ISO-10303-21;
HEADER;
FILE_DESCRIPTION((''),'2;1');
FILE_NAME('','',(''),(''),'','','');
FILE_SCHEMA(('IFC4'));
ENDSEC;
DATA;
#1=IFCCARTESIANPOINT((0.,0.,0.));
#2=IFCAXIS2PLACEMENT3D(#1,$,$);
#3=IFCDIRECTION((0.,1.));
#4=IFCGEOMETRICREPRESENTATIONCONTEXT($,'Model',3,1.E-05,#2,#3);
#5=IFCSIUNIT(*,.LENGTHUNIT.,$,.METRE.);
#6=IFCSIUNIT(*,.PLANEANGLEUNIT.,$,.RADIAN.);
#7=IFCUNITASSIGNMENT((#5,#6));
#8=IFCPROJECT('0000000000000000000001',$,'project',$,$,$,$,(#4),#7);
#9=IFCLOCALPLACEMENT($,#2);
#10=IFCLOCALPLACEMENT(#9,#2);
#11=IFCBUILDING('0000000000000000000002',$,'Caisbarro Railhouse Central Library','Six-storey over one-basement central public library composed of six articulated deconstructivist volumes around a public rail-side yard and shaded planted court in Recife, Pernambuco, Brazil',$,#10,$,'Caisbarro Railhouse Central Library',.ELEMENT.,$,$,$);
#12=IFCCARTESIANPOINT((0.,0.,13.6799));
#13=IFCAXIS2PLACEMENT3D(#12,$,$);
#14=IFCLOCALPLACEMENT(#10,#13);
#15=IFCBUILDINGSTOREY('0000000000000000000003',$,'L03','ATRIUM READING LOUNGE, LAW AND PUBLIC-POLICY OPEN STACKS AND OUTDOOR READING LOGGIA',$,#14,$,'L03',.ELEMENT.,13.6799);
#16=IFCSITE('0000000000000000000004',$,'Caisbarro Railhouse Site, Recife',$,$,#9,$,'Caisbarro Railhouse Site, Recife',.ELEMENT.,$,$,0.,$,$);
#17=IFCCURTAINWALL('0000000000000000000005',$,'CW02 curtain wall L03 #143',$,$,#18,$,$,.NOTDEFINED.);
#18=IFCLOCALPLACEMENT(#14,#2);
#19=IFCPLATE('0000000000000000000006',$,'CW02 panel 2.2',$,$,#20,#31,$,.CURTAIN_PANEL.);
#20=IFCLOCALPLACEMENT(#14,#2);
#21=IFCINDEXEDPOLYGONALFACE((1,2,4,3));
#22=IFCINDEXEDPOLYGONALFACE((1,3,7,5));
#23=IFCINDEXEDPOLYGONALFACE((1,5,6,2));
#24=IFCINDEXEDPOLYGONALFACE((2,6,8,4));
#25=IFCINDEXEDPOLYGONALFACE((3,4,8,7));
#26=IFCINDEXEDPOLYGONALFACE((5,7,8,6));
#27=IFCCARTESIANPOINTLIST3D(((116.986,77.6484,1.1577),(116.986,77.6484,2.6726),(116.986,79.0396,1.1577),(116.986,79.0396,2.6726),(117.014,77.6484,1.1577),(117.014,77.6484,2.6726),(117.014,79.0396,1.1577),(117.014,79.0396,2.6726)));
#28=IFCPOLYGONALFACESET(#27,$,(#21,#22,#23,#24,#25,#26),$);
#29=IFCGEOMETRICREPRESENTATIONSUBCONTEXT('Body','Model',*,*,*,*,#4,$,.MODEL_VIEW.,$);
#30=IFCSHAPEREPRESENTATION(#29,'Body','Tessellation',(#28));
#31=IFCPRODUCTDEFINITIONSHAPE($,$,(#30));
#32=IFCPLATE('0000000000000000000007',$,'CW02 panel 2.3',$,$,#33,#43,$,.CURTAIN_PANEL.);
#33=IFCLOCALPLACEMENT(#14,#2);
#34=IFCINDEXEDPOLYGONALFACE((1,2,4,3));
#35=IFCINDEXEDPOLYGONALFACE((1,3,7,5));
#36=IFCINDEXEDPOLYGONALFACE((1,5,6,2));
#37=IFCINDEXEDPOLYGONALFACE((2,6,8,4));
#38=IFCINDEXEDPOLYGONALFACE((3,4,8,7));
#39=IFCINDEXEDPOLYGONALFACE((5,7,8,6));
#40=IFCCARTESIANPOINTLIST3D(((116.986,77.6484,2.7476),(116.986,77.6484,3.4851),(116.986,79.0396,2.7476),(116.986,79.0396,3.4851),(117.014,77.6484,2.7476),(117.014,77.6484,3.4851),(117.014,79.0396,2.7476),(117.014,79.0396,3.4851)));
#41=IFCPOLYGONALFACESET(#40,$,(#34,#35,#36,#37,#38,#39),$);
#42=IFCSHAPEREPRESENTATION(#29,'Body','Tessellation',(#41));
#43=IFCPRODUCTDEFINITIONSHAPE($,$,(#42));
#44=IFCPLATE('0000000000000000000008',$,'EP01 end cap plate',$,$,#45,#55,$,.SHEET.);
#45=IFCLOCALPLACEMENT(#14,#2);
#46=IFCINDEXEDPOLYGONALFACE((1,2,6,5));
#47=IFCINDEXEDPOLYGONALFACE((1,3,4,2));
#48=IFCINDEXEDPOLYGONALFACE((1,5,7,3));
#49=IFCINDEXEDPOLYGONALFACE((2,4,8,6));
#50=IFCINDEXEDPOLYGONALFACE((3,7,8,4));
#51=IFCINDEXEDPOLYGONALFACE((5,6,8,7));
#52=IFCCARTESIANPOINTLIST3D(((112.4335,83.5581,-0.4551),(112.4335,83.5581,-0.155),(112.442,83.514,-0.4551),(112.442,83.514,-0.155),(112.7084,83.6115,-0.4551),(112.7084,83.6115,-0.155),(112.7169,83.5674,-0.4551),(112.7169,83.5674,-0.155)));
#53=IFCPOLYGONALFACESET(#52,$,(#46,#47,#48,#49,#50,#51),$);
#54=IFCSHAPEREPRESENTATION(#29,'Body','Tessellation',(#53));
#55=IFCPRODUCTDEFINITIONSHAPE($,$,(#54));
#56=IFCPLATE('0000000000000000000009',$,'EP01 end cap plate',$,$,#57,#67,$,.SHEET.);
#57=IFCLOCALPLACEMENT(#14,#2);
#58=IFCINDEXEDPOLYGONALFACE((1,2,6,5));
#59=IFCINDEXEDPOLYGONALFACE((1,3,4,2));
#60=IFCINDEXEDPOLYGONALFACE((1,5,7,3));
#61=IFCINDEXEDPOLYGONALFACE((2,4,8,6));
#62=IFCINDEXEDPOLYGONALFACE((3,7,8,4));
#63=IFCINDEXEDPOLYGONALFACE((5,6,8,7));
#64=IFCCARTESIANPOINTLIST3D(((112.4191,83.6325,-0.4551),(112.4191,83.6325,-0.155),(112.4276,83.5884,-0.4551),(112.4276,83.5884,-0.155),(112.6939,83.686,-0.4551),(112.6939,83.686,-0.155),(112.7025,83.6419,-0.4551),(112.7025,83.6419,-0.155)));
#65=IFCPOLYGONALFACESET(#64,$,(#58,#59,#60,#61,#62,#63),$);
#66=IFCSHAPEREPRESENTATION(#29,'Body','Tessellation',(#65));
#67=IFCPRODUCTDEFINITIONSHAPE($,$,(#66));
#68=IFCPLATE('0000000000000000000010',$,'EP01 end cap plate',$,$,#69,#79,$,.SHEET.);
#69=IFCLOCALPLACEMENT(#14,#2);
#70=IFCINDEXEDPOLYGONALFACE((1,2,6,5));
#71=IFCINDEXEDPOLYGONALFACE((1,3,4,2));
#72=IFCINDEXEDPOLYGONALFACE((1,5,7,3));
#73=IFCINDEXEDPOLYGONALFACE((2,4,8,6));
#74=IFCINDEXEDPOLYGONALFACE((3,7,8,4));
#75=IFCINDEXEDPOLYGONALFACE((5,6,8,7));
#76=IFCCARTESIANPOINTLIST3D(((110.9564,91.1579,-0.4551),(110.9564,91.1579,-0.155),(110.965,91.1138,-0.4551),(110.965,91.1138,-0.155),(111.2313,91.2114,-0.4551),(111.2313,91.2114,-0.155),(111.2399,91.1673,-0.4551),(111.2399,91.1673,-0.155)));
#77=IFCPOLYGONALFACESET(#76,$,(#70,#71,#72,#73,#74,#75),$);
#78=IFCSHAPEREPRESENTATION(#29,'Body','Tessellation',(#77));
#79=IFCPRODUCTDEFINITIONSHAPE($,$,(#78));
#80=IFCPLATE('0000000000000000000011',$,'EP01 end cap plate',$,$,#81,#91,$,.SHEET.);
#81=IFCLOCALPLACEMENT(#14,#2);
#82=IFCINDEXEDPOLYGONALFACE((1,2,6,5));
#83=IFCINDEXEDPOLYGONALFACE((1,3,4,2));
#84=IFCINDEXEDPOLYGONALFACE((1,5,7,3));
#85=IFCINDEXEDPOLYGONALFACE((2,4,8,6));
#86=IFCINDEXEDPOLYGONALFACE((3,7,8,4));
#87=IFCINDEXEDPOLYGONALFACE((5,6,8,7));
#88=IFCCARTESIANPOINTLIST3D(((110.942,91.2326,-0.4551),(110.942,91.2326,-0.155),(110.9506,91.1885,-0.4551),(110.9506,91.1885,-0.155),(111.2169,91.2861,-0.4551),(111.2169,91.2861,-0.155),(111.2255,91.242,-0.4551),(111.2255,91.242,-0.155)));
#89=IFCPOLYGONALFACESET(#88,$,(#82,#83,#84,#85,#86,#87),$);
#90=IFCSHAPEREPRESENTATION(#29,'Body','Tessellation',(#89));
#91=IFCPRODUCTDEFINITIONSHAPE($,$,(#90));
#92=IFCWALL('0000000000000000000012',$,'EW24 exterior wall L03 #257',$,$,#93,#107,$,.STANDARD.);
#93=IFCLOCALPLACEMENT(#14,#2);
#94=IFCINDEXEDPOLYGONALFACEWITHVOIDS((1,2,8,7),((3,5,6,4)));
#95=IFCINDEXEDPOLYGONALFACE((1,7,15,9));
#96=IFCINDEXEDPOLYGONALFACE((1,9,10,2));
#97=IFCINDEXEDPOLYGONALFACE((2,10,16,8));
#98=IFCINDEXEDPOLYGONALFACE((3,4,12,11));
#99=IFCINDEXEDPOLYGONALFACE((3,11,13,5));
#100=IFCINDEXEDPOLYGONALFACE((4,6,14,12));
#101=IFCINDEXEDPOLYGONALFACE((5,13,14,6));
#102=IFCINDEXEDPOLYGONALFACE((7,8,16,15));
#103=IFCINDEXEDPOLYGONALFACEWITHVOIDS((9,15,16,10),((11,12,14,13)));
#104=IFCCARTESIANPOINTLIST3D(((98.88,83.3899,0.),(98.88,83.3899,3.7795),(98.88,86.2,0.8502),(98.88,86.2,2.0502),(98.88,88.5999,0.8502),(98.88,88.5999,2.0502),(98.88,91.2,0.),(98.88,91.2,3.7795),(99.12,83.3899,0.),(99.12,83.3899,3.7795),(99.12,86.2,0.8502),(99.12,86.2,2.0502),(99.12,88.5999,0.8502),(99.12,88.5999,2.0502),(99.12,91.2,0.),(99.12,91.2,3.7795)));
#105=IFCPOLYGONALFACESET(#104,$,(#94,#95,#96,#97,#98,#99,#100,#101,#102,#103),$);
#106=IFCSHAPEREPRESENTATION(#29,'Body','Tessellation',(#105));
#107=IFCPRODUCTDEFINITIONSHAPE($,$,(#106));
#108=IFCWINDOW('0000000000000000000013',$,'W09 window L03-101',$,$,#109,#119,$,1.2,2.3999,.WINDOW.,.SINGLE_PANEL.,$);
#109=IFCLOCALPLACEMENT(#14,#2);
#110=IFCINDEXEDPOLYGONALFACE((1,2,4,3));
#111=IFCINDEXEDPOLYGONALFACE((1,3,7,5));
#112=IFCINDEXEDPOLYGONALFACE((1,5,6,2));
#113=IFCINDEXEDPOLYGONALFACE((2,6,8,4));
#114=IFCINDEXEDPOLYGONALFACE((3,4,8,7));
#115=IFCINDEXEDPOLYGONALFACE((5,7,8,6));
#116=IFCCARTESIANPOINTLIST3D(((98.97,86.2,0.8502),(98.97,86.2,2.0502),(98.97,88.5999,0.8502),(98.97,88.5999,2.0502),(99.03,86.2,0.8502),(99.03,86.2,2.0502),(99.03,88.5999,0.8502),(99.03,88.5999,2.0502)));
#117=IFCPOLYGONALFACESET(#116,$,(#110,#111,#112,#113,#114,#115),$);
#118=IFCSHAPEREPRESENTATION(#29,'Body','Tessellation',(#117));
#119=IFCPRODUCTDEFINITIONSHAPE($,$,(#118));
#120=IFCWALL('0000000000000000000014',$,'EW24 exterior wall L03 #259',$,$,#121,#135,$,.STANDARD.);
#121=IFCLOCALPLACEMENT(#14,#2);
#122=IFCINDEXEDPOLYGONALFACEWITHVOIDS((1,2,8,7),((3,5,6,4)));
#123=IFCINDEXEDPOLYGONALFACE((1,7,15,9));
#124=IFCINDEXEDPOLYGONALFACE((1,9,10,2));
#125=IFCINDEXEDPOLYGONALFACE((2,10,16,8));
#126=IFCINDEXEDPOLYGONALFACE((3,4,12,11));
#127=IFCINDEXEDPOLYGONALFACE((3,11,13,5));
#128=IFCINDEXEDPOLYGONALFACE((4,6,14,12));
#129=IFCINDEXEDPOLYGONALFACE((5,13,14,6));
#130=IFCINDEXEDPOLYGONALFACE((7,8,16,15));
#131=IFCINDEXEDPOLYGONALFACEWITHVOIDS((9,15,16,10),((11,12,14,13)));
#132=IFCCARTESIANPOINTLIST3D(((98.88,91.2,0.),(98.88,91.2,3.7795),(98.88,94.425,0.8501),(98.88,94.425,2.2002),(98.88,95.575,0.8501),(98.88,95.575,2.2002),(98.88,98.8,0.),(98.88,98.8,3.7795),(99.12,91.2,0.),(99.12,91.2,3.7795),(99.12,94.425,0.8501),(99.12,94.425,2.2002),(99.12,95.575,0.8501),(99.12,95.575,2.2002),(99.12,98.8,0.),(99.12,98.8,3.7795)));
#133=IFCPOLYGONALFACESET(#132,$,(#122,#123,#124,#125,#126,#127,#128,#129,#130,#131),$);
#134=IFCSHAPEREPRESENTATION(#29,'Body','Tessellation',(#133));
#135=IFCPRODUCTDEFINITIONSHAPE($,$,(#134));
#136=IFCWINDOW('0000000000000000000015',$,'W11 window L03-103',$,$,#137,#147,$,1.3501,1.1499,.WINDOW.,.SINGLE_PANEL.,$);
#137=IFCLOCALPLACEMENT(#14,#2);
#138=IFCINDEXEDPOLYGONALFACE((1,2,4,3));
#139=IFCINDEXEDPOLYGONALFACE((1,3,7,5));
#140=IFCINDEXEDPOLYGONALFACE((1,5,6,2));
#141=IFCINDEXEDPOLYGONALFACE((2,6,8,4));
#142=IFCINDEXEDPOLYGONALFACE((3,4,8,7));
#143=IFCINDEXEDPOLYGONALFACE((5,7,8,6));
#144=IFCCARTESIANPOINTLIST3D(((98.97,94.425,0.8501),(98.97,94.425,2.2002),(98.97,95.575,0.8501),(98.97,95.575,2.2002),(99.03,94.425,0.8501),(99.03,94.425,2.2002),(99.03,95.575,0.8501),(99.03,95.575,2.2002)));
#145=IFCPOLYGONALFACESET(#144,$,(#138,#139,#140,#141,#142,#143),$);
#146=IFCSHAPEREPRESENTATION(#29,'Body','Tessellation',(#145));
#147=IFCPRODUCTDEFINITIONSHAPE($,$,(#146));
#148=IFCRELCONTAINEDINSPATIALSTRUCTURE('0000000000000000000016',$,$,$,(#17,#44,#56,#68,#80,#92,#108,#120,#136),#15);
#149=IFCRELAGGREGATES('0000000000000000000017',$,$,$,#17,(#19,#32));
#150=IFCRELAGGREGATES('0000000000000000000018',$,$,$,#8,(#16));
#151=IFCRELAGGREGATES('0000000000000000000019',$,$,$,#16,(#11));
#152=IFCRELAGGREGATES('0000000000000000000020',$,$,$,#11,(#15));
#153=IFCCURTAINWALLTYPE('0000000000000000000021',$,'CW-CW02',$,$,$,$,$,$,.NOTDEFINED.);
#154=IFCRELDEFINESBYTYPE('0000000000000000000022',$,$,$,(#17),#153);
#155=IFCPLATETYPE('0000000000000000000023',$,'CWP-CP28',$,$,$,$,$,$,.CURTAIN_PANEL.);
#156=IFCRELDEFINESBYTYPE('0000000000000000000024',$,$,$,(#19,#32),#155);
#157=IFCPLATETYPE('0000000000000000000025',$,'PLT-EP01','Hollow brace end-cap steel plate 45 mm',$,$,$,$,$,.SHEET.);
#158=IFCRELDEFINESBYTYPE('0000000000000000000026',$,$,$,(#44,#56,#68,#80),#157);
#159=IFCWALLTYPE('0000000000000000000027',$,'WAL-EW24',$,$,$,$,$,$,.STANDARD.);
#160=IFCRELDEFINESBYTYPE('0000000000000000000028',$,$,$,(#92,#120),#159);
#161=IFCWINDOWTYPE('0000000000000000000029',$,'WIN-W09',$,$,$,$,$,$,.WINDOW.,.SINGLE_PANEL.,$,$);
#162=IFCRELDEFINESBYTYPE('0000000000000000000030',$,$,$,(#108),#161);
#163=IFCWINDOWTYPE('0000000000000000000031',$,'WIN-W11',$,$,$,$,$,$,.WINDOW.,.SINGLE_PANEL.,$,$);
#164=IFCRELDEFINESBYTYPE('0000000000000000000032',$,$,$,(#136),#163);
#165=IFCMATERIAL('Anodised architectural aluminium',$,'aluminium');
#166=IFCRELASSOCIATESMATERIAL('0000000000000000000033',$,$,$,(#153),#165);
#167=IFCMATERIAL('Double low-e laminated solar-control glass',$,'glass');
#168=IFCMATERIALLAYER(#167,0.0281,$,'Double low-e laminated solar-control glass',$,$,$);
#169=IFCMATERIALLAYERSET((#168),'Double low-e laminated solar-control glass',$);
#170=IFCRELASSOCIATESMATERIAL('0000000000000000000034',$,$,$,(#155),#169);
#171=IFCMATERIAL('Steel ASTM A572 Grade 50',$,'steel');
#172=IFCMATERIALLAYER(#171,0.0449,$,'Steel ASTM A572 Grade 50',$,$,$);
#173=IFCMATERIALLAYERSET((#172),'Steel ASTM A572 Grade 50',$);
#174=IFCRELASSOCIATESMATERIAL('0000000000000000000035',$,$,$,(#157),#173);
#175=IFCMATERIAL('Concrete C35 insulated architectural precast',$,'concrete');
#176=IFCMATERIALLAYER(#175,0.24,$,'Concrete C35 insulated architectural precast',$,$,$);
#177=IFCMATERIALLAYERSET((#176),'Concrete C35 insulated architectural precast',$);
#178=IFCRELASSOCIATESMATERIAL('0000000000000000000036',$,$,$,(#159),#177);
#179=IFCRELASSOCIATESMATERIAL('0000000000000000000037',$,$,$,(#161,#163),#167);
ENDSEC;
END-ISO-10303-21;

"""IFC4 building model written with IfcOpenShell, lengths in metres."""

from ifc_helpers import new_model, si_unit, direction, frame, frame_2d, origin, origin_2d, place, context, subcontext, project, spatial, rectangle, extrude, material, layer, layer_set, type_object, element, fill, aggregate, save


model = new_model("IFC4")

# Units and contexts
model_context = context("Model", 3, precision=1e-05, world=origin(), true_north=direction((0.0, 1.0)))
body_context = subcontext(model_context, "Body", "Model", "MODEL_VIEW")
ifc_project = project(units=[si_unit("LENGTHUNIT", "METRE"), si_unit("PLANEANGLEUNIT", "RADIAN")], contexts=[model_context])

# Site, building, storey
site_placement = place(None, origin())
site = spatial("IfcSite", under=ifc_project, at=site_placement, Name="Caisbarro Railhouse Site, Recife", LongName="Caisbarro Railhouse Site, Recife", CompositionType="ELEMENT", RefElevation=0.0)
building_placement = place(site_placement, origin())
building = spatial("IfcBuilding", under=site, at=building_placement, Name="Caisbarro Railhouse Central Library", Description="Six-storey over one-basement central public library composed of six articulated deconstructivist volumes around a public rail-side yard and shaded planted court in Recife, Pernambuco, Brazil", LongName="Caisbarro Railhouse Central Library", CompositionType="ELEMENT")
storey_placement = place(building_placement, frame((0.0, 0.0, 13.6799)))
storey = spatial("IfcBuildingStorey", under=building, at=storey_placement, Name="L03", Description="ATRIUM READING LOUNGE, LAW AND PUBLIC-POLICY OPEN STACKS AND OUTDOOR READING LOGGIA", LongName="L03", CompositionType="ELEMENT", Elevation=13.6799)

# Shared definitions
ifc_material_1 = material(Name="Steel ASTM A572 Grade 50", Category="steel")

# Shared definitions
ifc_material_2 = material(Name="Anodised architectural aluminium", Category="aluminium")
curtain_wall_type = type_object("IfcCurtainWallType", Name="CW-CW02", PredefinedType="NOTDEFINED", material=ifc_material_2)

# Curtain wall, plates
curtain_wall_1_placement = place(storey_placement, origin())
curtain_wall_1 = element("IfcCurtainWall", 1, at=curtain_wall_1_placement, inside=storey, type_object=curtain_wall_type, Name="CW02 curtain wall L03 #143", PredefinedType="NOTDEFINED")
ifc_material_3 = material(Name="Double low-e laminated solar-control glass", Category="glass")
ifc_layer_1 = layer(ifc_material_3, 0.0281, Name="Double low-e laminated solar-control glass")
ifc_layer_set_1 = layer_set([ifc_layer_1], Name="Double low-e laminated solar-control glass")
plate_type_1 = type_object("IfcPlateType", Name="CWP-CP28", PredefinedType="CURTAIN_PANEL", material=ifc_layer_set_1)
plate_1_placement = place(storey_placement, frame((117.0, 78.344, 1.1577), z_axis=(0.0, 0.0, 1.0), x_axis=(0.0, 1.0, 0.0)))
plate_1 = element("IfcPlate", 2, at=plate_1_placement, type_object=plate_type_1, Name="CW02 panel 2.2", PredefinedType="CURTAIN_PANEL", context=body_context, shape_type="SweptSolid", body=[
    extrude(rectangle(XDim=1.3911, YDim=0.0281, at=origin_2d()), origin(), (0.0, 0.0, 1.0), 1.5149),
])
plate_2_placement = place(storey_placement, frame((117.0, 78.344, 2.7476), z_axis=(0.0, 0.0, 1.0), x_axis=(0.0, 1.0, 0.0)))
plate_2 = element("IfcPlate", 3, at=plate_2_placement, type_object=plate_type_1, Name="CW02 panel 2.3", PredefinedType="CURTAIN_PANEL", context=body_context, shape_type="SweptSolid", body=[
    extrude(rectangle(XDim=1.3911, YDim=0.0281, at=origin_2d()), origin(), (0.0, 0.0, 1.0), 0.7375),
])
aggregate(curtain_wall_1, [plate_1, plate_2])

# Plates
ifc_layer_2 = layer(ifc_material_1, 0.0449, Name="Steel ASTM A572 Grade 50")
ifc_layer_set_2 = layer_set([ifc_layer_2], Name="Steel ASTM A572 Grade 50")
plate_type_2 = type_object("IfcPlateType", Name="PLT-EP01", Description="Hollow brace end-cap steel plate 45 mm", PredefinedType="SHEET", material=ifc_layer_set_2)
for number, where, z_axis, x_axis, name in (
    (4, (112.5752, 83.5627, -0.4551), (0.0, 0.0, 1.0), (-0.190809, 0.981627, 0.0), "EP01 end cap plate"),
    (5, (112.5608, 83.6372, -0.4551), (0.0, 0.0, 1.0), (-0.190809, 0.981627, 0.0), "EP01 end cap plate"),
    (6, (111.0981, 91.1626, -0.4551), (0.0, 0.0, 1.0), (-0.190809, 0.981627, 0.0), "EP01 end cap plate"),
    (7, (111.0837, 91.2373, -0.4551), (0.0, 0.0, 1.0), (-0.190809, 0.981627, 0.0), "EP01 end cap plate"),
):
    element("IfcPlate", number, at=place(storey_placement, frame(where, z_axis=z_axis, x_axis=x_axis)), inside=storey, type_object=plate_type_2, Name=name, PredefinedType="SHEET", context=body_context, shape_type="SweptSolid", body=[
        extrude(rectangle(XDim=0.0449, YDim=0.28, at=origin_2d()), origin(), (0.0, 0.0, 1.0), 0.3),
    ])

# Walls, openings, windows
ifc_material_4 = material(Name="Concrete C35 insulated architectural precast", Category="concrete")
ifc_layer_3 = layer(ifc_material_4, 0.24, Name="Concrete C35 insulated architectural precast")
ifc_layer_set_3 = layer_set([ifc_layer_3], Name="Concrete C35 insulated architectural precast")
wall_type = type_object("IfcWallType", Name="WAL-EW24", PredefinedType="STANDARD", material=ifc_layer_set_3)
wall_1_placement = place(storey_placement, frame((99.0, 83.3899, 0.0), z_axis=(0.0, 0.0, 1.0), x_axis=(0.0, 1.0, 0.0)))
wall_1 = element("IfcWall", 8, at=wall_1_placement, inside=storey, type_object=wall_type, Name="EW24 exterior wall L03 #257", PredefinedType="STANDARD", context=body_context, shape_type="SweptSolid", body=[
    extrude(rectangle(XDim=7.8101, YDim=0.24, at=frame_2d((3.905, 0.0))), origin(), (0.0, 0.0, 1.0), 3.7795),
])
opening_1_placement = place(wall_1_placement, frame((2.8101, 0.0, 0.8501)))
opening_1 = element("IfcOpeningElement", 9, at=opening_1_placement, cuts=wall_1, PredefinedType="OPENING", context=body_context, shape_type="SweptSolid", body=[
    extrude(rectangle(XDim=2.3999, YDim=1.2, at=frame_2d((1.2, 0.6001))), frame((0.0, 0.1299, 0.0), z_axis=(0.0, -1.0, 0.0), x_axis=(1.0, 0.0, 0.0)), (0.0, 0.0, 1.0), 0.26),
])
window_type_1 = type_object("IfcWindowType", Name="WIN-W09", PartitioningType="SINGLE_PANEL", PredefinedType="WINDOW", material=ifc_material_3)
window_1_placement = place(opening_1_placement, origin())
window_1 = element("IfcWindow", 10, at=window_1_placement, inside=storey, type_object=window_type_1, Name="W09 window L03-101", OverallHeight=1.2, OverallWidth=2.3999, PartitioningType="SINGLE_PANEL", PredefinedType="WINDOW", context=body_context, shape_type="SweptSolid", body=[
    extrude(rectangle(XDim=2.3999, YDim=1.2, at=frame_2d((1.2, 0.6001))), frame((0.0, 0.03, 0.0), z_axis=(0.0, -1.0, 0.0), x_axis=(1.0, 0.0, 0.0)), (0.0, 0.0, 1.0), 0.0601),
])
fill(opening_1, window_1)
wall_2_placement = place(storey_placement, frame((99.0, 91.2, 0.0), z_axis=(0.0, 0.0, 1.0), x_axis=(0.0, 1.0, 0.0)))
wall_2 = element("IfcWall", 11, at=wall_2_placement, inside=storey, type_object=wall_type, Name="EW24 exterior wall L03 #259", PredefinedType="STANDARD", context=body_context, shape_type="SweptSolid", body=[
    extrude(rectangle(XDim=7.6001, YDim=0.24, at=frame_2d((3.8, 0.0))), origin(), (0.0, 0.0, 1.0), 3.7795),
])
opening_2_placement = place(wall_2_placement, frame((3.2251, 0.0, 0.8501)))
opening_2 = element("IfcOpeningElement", 12, at=opening_2_placement, cuts=wall_2, PredefinedType="OPENING", context=body_context, shape_type="SweptSolid", body=[
    extrude(rectangle(XDim=1.1499, YDim=1.3501, at=frame_2d((0.575, 0.675))), frame((0.0, 0.1299, 0.0), z_axis=(0.0, -1.0, 0.0), x_axis=(1.0, 0.0, 0.0)), (0.0, 0.0, 1.0), 0.26),
])
window_type_2 = type_object("IfcWindowType", Name="WIN-W11", PartitioningType="SINGLE_PANEL", PredefinedType="WINDOW", material=ifc_material_3)
window_2_placement = place(opening_2_placement, origin())
window_2 = element("IfcWindow", 13, at=window_2_placement, inside=storey, type_object=window_type_2, Name="W11 window L03-103", OverallHeight=1.3501, OverallWidth=1.1499, PartitioningType="SINGLE_PANEL", PredefinedType="WINDOW", context=body_context, shape_type="SweptSolid", body=[
    extrude(rectangle(XDim=1.1499, YDim=1.3501, at=frame_2d((0.575, 0.675))), frame((0.0, 0.03, 0.0), z_axis=(0.0, -1.0, 0.0), x_axis=(1.0, 0.0, 0.0)), (0.0, 0.0, 1.0), 0.0601),
])
fill(opening_2, window_2)

save(model, "model.ifc")
